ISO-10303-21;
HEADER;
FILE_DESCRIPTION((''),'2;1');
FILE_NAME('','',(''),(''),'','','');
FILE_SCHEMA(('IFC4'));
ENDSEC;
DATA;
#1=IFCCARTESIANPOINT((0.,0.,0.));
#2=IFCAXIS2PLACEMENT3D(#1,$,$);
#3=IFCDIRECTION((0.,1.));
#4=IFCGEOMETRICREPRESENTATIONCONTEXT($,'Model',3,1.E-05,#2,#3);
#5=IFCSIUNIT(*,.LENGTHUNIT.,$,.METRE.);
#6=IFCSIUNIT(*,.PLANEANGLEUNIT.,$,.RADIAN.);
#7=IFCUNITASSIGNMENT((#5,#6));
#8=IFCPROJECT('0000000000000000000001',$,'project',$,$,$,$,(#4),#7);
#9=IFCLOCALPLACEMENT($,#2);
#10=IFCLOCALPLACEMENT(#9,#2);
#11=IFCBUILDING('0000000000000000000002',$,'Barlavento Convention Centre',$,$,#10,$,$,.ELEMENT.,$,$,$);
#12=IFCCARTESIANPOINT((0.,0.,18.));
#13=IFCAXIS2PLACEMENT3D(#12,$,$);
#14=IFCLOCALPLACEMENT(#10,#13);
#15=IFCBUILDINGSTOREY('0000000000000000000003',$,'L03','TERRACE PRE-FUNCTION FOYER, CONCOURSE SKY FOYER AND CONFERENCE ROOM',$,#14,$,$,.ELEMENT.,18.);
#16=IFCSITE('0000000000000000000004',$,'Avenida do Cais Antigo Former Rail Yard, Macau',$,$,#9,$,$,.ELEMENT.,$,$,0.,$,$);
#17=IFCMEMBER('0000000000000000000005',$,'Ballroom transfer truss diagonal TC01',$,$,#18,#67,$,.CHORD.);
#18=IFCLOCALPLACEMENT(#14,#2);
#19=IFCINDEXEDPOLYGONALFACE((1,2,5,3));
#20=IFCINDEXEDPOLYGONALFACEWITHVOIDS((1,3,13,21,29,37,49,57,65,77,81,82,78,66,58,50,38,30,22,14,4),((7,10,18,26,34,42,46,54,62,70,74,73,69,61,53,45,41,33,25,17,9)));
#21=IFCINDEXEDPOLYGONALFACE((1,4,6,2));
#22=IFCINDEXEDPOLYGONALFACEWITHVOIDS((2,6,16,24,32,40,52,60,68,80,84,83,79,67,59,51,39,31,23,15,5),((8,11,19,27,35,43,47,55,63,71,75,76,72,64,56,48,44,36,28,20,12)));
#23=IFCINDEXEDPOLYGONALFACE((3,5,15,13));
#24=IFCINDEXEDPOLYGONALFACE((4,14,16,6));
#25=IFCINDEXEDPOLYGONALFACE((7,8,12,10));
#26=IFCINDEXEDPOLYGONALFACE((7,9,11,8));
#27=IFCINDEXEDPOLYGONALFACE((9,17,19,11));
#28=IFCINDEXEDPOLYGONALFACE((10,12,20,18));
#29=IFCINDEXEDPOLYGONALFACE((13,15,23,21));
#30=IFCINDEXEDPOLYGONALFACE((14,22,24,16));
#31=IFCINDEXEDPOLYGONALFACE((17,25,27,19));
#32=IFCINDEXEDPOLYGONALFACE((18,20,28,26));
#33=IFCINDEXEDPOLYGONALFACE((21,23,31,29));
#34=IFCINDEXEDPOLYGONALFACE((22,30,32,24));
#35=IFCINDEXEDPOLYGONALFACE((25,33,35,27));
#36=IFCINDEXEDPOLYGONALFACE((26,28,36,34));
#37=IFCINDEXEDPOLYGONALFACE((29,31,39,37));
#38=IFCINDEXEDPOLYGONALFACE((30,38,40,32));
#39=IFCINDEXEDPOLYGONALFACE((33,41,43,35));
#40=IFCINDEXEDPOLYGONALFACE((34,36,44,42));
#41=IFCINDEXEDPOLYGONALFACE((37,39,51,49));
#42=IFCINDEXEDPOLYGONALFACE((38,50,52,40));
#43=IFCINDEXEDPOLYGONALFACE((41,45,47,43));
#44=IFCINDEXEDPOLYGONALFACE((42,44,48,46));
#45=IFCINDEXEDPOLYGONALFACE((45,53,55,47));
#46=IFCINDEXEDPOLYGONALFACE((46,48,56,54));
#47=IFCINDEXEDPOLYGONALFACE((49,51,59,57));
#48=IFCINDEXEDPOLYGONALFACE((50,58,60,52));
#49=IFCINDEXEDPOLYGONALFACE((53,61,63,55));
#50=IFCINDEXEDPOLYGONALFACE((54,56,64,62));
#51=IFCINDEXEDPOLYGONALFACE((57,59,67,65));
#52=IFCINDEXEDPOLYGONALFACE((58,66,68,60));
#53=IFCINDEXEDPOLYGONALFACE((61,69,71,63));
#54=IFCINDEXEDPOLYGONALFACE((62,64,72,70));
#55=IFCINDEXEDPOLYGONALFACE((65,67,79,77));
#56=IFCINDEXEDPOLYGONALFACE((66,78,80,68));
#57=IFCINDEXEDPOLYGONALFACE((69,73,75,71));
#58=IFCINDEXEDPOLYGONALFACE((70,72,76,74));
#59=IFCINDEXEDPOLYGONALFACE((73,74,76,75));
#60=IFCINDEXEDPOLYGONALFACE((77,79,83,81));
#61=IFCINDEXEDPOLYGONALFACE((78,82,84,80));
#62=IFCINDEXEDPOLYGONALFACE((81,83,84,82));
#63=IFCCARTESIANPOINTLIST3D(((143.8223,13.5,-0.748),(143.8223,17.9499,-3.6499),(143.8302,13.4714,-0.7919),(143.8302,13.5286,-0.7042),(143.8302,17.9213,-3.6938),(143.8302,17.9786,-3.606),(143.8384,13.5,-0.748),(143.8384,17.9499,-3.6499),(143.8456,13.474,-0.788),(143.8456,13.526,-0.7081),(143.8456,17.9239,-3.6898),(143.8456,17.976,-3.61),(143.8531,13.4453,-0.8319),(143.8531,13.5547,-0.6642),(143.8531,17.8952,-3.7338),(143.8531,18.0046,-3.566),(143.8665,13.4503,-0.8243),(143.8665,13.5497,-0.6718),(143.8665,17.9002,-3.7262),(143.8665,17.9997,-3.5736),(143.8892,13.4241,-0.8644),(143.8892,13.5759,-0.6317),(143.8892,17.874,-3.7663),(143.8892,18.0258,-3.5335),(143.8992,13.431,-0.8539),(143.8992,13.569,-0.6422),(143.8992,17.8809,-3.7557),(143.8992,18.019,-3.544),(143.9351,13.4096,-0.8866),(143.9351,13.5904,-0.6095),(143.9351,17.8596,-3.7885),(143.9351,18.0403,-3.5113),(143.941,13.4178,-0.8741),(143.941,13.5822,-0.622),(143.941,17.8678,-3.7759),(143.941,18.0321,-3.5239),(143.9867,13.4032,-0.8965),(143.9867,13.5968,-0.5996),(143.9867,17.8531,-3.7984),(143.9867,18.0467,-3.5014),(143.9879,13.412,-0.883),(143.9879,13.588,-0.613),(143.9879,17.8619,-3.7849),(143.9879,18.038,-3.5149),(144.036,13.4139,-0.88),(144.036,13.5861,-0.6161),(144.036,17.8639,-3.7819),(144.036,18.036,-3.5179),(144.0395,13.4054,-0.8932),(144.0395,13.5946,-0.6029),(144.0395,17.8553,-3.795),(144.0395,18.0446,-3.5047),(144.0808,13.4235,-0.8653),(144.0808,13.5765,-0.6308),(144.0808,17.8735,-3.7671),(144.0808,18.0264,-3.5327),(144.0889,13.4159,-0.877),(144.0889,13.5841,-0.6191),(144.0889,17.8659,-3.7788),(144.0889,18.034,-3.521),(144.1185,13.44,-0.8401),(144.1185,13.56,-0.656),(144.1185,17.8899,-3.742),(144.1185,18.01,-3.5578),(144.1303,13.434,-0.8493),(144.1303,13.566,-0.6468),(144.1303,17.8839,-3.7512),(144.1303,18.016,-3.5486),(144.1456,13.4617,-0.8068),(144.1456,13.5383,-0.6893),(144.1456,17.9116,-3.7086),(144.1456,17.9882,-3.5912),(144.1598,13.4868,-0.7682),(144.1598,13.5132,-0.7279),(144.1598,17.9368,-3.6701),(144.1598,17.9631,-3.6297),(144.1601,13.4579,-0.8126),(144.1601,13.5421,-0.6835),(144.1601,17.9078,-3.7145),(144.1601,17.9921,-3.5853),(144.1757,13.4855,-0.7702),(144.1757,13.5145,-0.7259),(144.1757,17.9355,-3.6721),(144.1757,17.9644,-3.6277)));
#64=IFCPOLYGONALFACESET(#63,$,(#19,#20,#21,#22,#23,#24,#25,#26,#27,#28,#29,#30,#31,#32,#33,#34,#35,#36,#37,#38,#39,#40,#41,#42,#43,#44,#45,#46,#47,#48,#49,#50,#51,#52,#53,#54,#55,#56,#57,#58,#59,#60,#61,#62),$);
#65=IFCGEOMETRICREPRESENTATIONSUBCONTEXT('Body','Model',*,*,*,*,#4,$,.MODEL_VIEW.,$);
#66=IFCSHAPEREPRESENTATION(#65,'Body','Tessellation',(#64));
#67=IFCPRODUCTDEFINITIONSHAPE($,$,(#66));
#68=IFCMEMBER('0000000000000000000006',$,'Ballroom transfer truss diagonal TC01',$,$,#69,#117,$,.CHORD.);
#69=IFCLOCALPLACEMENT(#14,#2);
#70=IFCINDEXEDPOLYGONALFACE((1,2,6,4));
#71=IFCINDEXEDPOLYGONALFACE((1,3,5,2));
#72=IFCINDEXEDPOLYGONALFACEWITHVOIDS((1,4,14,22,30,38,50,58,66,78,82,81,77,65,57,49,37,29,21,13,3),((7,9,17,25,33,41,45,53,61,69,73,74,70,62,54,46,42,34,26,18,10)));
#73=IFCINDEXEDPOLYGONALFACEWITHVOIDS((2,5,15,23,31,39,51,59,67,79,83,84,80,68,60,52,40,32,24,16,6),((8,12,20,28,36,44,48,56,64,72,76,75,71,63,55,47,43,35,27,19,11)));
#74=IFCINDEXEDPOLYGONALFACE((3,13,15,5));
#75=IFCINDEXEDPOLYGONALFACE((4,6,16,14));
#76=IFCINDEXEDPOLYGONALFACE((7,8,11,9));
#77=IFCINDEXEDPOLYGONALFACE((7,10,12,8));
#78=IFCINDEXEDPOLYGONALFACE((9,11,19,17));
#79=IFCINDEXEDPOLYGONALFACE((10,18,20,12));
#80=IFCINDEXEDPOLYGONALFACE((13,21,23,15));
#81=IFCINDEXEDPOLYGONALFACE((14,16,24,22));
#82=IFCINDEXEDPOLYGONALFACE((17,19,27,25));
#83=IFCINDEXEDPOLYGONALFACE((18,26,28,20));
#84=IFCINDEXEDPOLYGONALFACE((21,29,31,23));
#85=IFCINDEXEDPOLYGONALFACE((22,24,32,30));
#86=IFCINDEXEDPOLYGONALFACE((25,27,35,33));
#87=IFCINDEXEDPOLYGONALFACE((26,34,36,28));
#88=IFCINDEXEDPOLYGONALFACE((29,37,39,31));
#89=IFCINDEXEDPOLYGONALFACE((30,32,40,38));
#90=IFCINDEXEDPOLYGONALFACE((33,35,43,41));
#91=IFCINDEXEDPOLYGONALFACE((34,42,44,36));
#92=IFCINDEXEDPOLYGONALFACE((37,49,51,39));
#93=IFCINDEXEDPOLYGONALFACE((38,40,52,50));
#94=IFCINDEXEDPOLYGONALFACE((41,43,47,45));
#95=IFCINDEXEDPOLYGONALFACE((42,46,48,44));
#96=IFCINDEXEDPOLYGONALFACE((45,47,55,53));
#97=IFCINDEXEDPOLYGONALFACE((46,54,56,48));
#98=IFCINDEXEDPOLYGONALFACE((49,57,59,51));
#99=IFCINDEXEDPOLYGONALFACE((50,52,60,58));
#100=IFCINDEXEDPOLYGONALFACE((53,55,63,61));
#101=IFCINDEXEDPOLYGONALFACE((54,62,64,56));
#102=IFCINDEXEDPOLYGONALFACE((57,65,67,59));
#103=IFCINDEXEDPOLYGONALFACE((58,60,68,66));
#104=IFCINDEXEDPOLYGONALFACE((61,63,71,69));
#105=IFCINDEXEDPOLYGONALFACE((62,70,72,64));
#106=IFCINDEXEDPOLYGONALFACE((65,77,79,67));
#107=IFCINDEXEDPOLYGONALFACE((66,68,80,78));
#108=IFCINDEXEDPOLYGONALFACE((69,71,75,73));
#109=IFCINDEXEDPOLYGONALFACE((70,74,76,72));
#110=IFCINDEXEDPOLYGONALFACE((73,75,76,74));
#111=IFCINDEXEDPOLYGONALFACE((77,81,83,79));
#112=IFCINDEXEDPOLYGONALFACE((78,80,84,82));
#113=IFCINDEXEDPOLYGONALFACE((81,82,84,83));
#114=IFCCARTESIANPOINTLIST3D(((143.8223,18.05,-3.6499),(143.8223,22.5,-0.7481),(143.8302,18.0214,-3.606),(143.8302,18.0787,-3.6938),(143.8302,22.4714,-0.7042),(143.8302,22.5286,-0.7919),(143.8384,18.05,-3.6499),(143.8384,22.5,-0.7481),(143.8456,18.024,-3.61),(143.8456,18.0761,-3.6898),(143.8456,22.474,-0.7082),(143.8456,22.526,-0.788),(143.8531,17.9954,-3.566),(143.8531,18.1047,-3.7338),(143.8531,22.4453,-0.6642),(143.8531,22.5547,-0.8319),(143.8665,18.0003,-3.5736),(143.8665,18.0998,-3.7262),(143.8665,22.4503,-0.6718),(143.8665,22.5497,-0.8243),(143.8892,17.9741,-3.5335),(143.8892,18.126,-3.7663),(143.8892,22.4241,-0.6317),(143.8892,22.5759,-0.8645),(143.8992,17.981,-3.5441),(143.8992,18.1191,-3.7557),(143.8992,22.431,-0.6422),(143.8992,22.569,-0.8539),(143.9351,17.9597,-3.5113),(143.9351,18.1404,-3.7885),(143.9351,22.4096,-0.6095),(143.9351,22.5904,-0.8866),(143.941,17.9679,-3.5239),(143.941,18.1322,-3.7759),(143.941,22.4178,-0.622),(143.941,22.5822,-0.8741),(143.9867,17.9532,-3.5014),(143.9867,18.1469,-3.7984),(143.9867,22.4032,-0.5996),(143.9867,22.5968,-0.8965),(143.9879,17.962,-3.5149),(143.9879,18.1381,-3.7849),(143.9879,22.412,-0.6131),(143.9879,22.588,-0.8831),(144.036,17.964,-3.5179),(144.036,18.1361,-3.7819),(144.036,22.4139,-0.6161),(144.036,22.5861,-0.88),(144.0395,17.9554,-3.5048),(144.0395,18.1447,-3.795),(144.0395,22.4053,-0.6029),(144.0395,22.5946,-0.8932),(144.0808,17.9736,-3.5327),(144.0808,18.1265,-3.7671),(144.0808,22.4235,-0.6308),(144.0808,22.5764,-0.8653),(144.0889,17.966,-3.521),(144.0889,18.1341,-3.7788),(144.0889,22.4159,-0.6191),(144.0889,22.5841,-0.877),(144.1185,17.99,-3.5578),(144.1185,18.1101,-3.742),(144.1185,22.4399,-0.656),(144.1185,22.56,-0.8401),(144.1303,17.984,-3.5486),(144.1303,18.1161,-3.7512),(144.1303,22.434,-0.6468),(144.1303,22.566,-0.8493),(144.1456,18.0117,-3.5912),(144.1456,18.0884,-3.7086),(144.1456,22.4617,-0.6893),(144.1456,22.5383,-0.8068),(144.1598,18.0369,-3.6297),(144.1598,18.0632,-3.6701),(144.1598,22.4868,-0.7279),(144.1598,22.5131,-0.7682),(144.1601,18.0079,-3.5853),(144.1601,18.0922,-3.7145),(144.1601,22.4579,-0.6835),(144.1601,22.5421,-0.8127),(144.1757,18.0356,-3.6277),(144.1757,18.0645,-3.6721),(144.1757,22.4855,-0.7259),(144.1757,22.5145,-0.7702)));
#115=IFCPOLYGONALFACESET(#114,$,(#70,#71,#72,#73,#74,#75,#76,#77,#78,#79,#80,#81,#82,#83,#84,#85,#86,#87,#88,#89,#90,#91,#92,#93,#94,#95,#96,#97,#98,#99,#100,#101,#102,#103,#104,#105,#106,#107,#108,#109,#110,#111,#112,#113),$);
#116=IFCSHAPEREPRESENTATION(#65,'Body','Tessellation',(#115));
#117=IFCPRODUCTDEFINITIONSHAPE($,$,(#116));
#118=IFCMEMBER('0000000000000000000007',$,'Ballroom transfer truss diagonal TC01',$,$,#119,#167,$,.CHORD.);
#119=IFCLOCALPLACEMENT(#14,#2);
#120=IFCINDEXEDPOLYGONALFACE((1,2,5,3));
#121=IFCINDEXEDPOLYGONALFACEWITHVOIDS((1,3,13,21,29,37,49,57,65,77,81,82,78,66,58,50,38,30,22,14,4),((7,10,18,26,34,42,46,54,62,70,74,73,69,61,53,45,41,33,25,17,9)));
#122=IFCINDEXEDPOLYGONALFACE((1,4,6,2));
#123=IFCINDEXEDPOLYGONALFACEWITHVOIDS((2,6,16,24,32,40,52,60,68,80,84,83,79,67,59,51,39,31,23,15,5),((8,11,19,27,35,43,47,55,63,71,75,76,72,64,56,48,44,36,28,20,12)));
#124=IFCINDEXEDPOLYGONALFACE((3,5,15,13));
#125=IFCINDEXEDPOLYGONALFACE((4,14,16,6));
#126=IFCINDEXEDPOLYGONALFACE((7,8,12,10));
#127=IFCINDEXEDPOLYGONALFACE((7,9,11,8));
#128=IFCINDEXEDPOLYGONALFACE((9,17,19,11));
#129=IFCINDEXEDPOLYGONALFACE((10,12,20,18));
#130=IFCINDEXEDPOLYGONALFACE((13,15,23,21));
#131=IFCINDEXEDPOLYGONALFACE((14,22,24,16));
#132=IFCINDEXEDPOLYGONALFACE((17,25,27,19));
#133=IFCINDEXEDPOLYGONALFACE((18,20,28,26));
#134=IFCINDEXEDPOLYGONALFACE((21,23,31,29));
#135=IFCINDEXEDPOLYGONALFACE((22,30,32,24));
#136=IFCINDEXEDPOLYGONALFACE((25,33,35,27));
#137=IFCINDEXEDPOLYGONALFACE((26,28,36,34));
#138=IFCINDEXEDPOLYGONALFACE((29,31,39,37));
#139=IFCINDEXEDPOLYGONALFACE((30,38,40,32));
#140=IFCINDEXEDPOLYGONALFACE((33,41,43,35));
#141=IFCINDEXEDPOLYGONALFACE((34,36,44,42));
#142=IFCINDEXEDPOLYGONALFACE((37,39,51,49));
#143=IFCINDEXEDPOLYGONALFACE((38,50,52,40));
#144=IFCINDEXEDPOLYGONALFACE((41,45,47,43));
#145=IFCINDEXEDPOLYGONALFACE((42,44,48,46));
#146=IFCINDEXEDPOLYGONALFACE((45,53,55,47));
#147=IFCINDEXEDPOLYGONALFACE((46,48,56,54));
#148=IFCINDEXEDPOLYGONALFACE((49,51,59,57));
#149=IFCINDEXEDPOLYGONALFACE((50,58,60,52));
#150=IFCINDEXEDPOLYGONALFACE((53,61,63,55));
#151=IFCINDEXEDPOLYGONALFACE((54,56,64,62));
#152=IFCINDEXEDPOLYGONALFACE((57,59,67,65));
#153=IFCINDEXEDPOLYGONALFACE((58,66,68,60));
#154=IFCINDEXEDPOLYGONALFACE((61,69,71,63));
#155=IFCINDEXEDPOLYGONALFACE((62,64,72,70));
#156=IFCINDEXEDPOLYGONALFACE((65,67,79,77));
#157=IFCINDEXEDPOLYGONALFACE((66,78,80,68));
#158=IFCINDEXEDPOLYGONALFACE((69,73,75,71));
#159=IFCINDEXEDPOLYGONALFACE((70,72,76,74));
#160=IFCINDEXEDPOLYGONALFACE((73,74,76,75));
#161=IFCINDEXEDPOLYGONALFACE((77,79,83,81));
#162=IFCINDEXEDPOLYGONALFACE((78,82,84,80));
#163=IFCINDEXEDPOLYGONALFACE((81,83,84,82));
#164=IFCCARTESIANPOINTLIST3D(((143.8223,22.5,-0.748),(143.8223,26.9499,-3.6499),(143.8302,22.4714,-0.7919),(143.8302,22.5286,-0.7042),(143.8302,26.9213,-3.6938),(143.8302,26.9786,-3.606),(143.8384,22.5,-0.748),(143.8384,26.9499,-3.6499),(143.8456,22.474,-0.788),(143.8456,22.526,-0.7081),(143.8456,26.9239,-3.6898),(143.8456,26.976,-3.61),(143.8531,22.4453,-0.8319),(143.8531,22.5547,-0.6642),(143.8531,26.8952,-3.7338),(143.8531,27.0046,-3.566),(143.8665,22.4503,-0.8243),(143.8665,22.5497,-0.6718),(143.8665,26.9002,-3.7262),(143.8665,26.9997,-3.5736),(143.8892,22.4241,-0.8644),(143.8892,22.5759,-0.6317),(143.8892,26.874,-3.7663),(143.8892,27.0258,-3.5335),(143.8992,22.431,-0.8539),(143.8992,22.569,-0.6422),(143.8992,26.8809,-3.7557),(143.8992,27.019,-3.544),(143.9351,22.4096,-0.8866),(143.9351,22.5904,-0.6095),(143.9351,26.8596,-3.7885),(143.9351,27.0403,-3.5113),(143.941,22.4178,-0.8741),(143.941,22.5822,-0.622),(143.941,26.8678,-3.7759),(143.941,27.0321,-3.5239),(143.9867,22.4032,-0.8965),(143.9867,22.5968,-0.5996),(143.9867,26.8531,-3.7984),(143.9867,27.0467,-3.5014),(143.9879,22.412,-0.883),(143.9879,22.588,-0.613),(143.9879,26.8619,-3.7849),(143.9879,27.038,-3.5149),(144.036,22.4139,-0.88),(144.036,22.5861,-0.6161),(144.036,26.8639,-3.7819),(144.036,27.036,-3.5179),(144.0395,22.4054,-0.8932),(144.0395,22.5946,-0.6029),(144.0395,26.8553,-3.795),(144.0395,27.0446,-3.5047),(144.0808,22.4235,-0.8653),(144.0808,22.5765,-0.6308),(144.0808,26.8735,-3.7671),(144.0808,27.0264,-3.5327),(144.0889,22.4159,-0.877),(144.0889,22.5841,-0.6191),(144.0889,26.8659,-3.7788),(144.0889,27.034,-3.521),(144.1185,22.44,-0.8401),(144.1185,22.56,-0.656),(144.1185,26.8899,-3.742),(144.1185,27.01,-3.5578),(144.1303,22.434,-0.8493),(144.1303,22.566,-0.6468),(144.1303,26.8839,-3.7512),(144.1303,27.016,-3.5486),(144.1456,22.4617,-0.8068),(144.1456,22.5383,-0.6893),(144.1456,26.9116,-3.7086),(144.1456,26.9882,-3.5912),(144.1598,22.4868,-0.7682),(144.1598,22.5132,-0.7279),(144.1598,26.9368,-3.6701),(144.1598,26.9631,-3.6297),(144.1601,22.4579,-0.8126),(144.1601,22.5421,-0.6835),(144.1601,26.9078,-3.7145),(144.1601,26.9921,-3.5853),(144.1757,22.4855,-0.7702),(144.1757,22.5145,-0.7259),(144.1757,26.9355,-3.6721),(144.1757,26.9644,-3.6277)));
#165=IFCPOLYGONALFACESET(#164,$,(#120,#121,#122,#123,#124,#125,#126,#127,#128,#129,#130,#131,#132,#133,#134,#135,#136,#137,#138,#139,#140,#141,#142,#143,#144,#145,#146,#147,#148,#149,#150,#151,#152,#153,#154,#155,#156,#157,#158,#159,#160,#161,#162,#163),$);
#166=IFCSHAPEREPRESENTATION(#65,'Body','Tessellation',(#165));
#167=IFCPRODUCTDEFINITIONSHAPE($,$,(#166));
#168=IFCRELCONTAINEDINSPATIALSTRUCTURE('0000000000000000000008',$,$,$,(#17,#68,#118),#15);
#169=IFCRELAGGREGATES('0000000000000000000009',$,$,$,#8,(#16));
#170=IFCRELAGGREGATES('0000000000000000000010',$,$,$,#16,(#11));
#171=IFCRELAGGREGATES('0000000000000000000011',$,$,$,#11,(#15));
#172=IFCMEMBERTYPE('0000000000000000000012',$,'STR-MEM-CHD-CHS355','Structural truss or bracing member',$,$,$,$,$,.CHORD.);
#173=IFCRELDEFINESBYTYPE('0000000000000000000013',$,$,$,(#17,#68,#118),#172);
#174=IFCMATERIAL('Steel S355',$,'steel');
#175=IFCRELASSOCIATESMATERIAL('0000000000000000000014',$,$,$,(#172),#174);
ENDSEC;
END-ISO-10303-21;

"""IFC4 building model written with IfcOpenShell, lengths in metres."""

from ifc_helpers import new_model, si_unit, direction, frame, origin, origin_2d, place, context, subcontext, project, spatial, hollow_circle, extrude, material, material_profile, profile_set, type_object, element, save


model = new_model("IFC4")

# Units and contexts
model_context = context("Model", 3, precision=1e-05, world=origin(), true_north=direction((0.0, 1.0)))
body_context = subcontext(model_context, "Body", "Model", "MODEL_VIEW")
ifc_project = project(units=[si_unit("LENGTHUNIT", "METRE"), si_unit("PLANEANGLEUNIT", "RADIAN")], contexts=[model_context])

# Site, building, storey
site_placement = place(None, origin())
site = spatial("IfcSite", under=ifc_project, at=site_placement, Name="Avenida do Cais Antigo Former Rail Yard, Macau", CompositionType="ELEMENT", RefElevation=0.0)
building_placement = place(site_placement, origin())
building = spatial("IfcBuilding", under=site, at=building_placement, Name="Barlavento Convention Centre", CompositionType="ELEMENT")
storey_placement = place(building_placement, frame((0.0, 0.0, 18.0)))
storey = spatial("IfcBuildingStorey", under=building, at=storey_placement, Name="L03", Description="TERRACE PRE-FUNCTION FOYER, CONCOURSE SKY FOYER AND CONFERENCE ROOM", CompositionType="ELEMENT", Elevation=18.0)

# Shared definitions
ifc_material_1 = material(Name="Steel S355", Category="steel")

# Members
ifc_material_profile_1 = material_profile(ifc_material_1, hollow_circle(Radius=0.1777, WallThickness=0.0161, at=origin_2d()), Name="CHS 355.6x16.0")
ifc_profile_set_1 = profile_set([ifc_material_profile_1], Name="Steel S355")
member_type_1 = type_object("IfcMemberType", Name="STR-MEM-CHD-CHS355", Description="Structural truss or bracing member", PredefinedType="CHORD", material=ifc_profile_set_1)
for number, where, z_axis, x_axis, name in (
    (1, (144.0, 13.5, -0.748), (0.0, 0.837635, -0.54623), (-1.0, 0.0, 0.0), "Ballroom transfer truss diagonal TC01"),
    (2, (144.0, 18.05, -3.6499), (0.0, 0.837635, 0.54623), (-1.0, 0.0, 0.0), "Ballroom transfer truss diagonal TC01"),
    (3, (144.0, 22.5, -0.748), (0.0, 0.837635, -0.54623), (-1.0, 0.0, 0.0), "Ballroom transfer truss diagonal TC01"),
):
    element("IfcMember", number, at=place(storey_placement, frame(where, z_axis=z_axis, x_axis=x_axis)), inside=storey, type_object=member_type_1, Name=name, PredefinedType="CHORD", context=body_context, shape_type="SweptSolid", body=[
        extrude(hollow_circle(Radius=0.1777, WallThickness=0.0161, at=origin_2d()), origin(), (0.0, 0.0, 1.0), 5.3125),
    ])

save(model, "model.ifc")
